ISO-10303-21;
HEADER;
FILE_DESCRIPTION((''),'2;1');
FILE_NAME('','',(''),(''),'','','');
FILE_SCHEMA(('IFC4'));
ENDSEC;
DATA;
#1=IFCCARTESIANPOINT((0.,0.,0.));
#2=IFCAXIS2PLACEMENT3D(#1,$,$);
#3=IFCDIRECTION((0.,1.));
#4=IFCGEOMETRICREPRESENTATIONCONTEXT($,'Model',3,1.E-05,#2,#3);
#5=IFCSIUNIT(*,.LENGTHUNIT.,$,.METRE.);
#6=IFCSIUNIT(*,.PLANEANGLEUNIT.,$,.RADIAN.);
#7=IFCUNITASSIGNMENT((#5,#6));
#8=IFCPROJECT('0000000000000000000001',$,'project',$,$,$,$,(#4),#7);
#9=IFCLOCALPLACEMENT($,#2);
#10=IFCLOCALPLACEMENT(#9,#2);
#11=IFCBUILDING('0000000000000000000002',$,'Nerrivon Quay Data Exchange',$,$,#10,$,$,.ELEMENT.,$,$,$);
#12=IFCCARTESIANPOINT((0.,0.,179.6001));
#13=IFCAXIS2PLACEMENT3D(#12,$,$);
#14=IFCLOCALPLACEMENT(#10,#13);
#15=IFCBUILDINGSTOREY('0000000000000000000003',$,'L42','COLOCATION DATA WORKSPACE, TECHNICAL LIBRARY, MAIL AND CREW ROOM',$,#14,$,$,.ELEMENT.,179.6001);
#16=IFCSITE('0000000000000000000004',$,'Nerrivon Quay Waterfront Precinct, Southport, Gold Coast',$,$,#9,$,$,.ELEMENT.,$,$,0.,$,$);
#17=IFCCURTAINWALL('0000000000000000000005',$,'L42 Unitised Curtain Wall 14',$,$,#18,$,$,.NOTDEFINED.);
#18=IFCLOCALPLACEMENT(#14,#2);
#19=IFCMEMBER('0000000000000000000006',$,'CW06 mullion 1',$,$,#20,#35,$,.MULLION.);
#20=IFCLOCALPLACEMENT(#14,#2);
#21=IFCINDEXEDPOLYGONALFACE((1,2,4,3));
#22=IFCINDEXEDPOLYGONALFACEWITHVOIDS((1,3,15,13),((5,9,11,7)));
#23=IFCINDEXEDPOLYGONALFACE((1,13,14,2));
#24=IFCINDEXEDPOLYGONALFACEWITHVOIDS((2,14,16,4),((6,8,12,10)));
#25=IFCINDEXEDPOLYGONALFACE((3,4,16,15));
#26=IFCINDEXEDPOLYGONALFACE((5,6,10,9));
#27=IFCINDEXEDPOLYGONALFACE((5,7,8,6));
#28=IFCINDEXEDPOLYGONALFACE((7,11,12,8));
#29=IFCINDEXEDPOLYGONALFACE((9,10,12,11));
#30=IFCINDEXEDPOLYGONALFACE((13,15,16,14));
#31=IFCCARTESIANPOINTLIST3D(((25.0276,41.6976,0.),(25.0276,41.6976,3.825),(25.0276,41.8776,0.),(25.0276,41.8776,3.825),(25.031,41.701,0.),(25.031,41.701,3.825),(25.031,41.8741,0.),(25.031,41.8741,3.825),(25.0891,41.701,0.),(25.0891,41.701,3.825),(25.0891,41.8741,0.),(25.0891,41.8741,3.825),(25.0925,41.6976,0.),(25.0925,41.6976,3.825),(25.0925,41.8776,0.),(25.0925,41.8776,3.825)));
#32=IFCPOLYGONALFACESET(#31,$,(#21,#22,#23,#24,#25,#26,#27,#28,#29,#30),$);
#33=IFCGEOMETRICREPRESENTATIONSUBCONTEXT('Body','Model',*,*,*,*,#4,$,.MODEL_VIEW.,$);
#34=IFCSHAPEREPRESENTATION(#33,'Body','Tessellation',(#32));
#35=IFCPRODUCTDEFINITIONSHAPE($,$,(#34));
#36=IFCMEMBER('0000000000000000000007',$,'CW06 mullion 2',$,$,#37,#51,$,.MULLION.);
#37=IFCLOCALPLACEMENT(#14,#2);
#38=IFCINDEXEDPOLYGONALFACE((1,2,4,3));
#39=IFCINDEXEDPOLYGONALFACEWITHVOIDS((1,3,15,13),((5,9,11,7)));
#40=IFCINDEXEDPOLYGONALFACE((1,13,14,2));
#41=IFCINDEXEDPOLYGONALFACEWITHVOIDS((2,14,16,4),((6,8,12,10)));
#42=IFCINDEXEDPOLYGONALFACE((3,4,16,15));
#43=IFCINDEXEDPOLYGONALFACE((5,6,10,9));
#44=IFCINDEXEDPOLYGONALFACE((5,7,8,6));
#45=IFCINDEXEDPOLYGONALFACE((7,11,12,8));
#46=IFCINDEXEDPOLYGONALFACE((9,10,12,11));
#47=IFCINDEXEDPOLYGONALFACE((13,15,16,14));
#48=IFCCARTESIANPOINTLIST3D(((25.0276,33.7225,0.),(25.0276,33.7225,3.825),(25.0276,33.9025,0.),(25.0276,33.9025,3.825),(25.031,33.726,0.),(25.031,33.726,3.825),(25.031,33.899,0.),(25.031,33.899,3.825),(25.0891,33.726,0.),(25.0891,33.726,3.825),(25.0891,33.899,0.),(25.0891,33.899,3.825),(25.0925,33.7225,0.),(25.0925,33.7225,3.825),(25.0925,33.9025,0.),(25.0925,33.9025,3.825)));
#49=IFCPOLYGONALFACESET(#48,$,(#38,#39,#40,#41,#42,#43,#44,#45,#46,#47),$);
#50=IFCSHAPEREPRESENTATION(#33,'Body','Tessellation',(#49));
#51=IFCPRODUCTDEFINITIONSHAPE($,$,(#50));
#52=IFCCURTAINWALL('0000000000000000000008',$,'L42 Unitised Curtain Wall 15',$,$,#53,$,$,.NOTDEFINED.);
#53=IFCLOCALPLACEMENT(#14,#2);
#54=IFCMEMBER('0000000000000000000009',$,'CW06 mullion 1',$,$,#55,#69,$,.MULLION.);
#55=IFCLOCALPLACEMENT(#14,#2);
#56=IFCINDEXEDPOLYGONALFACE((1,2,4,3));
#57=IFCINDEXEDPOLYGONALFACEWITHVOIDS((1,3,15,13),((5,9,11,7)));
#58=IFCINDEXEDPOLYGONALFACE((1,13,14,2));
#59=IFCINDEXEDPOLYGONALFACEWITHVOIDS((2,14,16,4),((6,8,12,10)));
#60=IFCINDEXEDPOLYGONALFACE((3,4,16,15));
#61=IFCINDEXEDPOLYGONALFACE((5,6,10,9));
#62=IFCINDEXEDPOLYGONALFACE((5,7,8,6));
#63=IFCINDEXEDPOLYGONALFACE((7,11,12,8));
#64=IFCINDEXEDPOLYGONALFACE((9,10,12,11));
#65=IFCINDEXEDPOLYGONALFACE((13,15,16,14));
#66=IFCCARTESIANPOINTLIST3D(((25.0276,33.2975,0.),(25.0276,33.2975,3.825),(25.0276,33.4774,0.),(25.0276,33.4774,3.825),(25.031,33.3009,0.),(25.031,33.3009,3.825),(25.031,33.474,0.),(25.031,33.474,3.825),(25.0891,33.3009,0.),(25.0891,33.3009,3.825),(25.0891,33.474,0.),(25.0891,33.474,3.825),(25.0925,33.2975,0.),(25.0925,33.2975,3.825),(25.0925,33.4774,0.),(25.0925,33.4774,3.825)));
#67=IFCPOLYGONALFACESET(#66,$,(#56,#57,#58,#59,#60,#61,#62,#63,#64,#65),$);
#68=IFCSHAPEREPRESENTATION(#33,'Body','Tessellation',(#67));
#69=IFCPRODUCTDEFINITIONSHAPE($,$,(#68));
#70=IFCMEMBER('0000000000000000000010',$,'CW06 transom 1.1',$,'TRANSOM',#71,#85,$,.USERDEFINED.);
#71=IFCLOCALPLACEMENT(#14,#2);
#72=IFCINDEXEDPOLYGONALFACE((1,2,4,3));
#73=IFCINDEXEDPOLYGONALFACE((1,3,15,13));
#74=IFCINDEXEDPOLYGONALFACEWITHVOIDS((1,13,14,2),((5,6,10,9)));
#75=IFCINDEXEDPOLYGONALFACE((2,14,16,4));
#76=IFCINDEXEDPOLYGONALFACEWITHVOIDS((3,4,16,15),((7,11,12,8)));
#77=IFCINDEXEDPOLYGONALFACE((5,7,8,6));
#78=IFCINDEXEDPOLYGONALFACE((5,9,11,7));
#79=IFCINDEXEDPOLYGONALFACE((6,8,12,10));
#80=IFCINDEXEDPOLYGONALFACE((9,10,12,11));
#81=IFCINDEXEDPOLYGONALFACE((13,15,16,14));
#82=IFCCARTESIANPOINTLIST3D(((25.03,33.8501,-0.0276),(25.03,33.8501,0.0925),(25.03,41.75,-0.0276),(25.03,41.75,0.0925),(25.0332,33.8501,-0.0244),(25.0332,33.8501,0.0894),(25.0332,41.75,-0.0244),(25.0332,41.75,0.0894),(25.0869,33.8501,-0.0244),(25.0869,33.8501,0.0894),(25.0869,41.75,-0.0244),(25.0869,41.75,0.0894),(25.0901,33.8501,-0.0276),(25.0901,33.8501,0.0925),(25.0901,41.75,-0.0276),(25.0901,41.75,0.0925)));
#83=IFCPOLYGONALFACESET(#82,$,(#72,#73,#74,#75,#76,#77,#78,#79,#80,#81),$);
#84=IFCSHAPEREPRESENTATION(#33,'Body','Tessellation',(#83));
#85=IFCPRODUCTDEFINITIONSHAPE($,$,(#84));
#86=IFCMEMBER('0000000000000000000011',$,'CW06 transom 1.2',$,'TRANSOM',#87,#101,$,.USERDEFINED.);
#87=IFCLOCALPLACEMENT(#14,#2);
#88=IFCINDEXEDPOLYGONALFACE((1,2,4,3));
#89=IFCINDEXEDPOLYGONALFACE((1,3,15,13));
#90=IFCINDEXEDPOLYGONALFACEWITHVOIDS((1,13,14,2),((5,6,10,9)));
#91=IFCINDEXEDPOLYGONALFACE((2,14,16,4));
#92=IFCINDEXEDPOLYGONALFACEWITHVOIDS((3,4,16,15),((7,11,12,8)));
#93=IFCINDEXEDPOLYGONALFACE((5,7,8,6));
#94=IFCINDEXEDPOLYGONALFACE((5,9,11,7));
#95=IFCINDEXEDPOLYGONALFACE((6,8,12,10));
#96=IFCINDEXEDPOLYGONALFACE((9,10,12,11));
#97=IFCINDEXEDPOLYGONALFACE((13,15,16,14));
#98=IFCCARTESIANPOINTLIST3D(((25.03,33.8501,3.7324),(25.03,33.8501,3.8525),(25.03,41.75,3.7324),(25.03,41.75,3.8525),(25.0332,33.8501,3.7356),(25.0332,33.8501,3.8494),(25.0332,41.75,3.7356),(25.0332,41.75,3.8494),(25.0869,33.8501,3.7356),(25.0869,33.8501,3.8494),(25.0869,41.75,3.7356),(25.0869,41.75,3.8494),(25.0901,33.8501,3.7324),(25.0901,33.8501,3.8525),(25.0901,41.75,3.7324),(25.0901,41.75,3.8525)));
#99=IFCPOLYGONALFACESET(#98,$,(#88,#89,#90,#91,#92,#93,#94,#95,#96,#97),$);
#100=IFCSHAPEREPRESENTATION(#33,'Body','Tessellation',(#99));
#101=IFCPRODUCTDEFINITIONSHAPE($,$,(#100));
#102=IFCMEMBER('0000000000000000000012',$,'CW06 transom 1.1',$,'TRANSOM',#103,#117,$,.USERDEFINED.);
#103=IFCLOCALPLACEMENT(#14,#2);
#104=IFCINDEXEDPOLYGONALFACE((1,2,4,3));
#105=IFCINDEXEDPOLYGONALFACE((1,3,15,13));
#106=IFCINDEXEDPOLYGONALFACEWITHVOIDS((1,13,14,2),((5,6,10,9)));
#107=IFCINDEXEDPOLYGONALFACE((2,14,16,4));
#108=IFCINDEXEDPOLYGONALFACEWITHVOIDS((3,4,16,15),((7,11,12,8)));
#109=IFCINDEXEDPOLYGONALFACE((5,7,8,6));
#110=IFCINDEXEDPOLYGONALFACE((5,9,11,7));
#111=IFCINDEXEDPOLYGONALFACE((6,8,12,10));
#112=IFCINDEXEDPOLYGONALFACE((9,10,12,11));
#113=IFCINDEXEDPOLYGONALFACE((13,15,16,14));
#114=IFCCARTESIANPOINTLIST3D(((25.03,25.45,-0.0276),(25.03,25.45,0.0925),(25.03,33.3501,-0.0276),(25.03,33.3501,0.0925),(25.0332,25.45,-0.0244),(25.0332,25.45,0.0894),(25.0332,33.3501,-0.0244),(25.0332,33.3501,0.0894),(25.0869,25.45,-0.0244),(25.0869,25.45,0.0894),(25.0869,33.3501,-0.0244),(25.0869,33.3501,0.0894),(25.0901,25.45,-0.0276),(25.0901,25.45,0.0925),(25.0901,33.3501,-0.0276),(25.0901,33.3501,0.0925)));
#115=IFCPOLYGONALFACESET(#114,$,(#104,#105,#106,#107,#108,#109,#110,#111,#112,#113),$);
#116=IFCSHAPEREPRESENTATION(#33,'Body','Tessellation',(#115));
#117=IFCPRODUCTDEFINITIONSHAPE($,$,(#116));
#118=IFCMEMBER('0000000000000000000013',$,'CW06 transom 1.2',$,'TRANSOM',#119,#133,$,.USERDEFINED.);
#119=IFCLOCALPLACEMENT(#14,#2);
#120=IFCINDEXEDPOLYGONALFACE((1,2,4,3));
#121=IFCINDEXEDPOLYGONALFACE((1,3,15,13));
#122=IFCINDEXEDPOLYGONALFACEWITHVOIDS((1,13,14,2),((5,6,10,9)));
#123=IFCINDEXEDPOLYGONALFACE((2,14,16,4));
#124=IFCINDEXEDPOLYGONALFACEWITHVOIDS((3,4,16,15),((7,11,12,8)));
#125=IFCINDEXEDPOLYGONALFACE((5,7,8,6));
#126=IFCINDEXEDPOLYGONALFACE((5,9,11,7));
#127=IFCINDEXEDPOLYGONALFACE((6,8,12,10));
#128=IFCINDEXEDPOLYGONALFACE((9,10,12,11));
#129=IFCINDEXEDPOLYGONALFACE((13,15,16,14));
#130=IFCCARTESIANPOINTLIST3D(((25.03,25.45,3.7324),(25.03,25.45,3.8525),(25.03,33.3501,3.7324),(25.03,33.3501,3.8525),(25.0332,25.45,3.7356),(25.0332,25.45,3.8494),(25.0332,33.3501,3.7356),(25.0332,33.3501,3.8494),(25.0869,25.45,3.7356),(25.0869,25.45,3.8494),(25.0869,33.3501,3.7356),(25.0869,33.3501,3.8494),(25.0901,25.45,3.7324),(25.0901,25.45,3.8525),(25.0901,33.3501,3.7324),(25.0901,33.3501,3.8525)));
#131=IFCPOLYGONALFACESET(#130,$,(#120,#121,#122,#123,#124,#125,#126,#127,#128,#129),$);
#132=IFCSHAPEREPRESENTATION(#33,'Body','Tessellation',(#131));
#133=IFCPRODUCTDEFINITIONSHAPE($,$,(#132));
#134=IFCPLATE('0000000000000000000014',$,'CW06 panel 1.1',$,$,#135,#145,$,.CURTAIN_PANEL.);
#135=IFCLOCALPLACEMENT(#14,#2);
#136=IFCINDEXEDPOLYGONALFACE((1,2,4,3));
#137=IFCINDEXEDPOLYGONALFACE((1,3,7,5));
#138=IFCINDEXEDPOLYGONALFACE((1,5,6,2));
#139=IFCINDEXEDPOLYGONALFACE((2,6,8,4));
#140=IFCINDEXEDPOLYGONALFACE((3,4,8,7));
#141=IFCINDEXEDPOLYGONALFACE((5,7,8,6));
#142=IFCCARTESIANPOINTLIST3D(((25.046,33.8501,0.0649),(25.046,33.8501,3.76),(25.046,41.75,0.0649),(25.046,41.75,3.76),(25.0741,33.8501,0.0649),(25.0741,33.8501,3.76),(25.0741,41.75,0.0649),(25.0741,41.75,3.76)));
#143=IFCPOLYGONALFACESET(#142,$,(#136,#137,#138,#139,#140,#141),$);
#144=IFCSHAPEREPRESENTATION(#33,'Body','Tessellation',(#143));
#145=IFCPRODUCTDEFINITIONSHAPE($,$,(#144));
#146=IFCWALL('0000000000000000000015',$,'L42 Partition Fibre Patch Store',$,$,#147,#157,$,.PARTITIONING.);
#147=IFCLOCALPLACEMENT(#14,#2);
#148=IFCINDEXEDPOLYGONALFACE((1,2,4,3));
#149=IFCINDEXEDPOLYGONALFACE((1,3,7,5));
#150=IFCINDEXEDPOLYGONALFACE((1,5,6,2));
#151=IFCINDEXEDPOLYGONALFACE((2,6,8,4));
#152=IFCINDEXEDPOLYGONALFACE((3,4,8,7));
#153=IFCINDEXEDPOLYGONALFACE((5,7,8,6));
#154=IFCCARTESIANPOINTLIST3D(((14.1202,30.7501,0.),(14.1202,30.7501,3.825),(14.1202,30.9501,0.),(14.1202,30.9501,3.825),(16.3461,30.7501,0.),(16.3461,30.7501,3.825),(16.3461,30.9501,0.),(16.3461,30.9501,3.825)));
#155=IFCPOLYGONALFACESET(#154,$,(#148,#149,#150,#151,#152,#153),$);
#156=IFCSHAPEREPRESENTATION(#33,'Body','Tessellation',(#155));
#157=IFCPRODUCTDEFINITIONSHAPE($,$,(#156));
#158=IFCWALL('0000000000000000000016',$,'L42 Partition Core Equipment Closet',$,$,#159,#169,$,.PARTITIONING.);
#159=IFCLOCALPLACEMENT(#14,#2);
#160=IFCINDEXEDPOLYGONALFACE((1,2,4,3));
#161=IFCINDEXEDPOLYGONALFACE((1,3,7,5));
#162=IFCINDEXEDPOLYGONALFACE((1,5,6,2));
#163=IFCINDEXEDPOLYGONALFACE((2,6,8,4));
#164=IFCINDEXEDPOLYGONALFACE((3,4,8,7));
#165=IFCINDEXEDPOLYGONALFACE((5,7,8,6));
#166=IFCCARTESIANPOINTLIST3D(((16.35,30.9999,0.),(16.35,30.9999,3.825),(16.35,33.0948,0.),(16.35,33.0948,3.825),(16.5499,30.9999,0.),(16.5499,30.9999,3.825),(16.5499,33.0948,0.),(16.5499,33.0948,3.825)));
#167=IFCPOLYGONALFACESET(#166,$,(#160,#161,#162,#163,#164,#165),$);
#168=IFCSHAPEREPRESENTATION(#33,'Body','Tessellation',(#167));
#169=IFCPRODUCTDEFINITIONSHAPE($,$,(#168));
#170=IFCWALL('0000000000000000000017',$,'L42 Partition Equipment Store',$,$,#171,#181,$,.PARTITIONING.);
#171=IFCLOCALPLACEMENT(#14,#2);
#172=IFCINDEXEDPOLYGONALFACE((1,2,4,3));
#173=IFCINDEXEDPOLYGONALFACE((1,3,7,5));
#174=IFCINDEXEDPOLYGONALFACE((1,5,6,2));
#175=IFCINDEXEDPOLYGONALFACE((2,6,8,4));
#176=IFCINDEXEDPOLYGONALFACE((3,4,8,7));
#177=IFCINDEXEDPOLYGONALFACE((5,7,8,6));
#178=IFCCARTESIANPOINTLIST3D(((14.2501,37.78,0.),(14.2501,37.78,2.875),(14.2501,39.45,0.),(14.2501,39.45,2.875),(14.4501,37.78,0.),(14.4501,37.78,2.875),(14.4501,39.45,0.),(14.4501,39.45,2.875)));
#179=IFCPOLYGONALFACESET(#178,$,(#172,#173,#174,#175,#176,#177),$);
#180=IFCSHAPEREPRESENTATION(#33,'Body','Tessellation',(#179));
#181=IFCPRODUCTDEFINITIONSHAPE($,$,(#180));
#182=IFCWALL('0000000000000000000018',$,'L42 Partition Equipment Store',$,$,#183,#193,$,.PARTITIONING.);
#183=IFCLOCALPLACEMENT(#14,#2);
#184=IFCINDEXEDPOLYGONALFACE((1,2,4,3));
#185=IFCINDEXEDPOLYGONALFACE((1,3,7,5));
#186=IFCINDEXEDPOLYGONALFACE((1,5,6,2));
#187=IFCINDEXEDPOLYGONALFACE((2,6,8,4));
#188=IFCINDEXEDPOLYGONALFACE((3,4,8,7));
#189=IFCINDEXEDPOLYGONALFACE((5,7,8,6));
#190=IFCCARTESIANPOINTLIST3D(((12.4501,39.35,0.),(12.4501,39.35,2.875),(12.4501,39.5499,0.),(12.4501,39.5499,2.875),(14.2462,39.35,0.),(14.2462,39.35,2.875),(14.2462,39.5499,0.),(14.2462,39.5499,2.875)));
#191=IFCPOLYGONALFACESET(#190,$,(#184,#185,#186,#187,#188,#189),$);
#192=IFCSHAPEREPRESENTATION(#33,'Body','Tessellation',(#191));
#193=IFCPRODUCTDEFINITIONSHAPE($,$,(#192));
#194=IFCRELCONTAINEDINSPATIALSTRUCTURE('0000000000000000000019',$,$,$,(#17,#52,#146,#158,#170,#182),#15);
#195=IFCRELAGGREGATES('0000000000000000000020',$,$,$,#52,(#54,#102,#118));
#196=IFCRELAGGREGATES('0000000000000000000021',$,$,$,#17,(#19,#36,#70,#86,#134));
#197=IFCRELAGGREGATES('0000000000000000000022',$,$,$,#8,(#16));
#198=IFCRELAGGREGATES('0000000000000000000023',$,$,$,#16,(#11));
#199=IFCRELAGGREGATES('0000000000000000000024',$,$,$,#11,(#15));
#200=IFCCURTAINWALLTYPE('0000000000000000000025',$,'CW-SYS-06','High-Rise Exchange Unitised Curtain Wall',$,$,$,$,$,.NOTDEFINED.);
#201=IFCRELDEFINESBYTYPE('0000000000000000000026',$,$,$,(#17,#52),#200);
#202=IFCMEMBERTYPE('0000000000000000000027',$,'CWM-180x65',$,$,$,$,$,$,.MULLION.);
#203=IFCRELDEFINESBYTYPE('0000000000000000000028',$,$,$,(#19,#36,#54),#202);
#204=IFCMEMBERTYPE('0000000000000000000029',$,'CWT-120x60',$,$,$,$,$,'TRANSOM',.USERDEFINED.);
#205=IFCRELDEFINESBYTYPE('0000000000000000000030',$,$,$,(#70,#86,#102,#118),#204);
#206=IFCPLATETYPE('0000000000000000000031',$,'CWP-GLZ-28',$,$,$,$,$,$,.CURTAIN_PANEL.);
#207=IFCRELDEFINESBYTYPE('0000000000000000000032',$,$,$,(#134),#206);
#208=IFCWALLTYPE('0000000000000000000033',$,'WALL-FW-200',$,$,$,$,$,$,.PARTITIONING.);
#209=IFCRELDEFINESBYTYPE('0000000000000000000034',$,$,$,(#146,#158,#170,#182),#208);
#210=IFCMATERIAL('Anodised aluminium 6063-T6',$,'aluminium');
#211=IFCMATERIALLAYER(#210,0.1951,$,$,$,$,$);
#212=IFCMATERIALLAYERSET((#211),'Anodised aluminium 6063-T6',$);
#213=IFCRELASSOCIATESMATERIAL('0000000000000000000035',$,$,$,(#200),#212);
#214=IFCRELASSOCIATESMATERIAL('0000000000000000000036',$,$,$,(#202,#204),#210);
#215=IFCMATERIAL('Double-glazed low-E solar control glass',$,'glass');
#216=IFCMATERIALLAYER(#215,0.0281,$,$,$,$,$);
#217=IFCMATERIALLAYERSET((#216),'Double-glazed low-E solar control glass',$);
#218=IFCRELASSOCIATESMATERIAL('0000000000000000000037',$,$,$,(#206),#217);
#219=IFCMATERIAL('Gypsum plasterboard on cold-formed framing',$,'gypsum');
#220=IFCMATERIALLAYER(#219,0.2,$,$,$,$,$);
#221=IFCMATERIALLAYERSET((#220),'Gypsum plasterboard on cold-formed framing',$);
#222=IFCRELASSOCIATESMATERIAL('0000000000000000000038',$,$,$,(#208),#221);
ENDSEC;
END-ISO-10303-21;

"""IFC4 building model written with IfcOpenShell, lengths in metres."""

from ifc_helpers import new_model, si_unit, direction, frame, frame_2d, origin, origin_2d, place, context, subcontext, project, spatial, rectangle, hollow_rectangle, extrude, material, layer, layer_set, material_profile, profile_set, type_object, element, aggregate, save


model = new_model("IFC4")

# Units and contexts
model_context = context("Model", 3, precision=1e-05, world=origin(), true_north=direction((0.0, 1.0)))
body_context = subcontext(model_context, "Body", "Model", "MODEL_VIEW")
ifc_project = project(units=[si_unit("LENGTHUNIT", "METRE"), si_unit("PLANEANGLEUNIT", "RADIAN")], contexts=[model_context])

# Site, building, storey
site_placement = place(None, origin())
site = spatial("IfcSite", under=ifc_project, at=site_placement, Name="Nerrivon Quay Waterfront Precinct, Southport, Gold Coast", CompositionType="ELEMENT", RefElevation=0.0)
building_placement = place(site_placement, origin())
building = spatial("IfcBuilding", under=site, at=building_placement, Name="Nerrivon Quay Data Exchange", CompositionType="ELEMENT")
storey_placement = place(building_placement, frame((0.0, 0.0, 179.6001)))
storey = spatial("IfcBuildingStorey", under=building, at=storey_placement, Name="L42", Description="COLOCATION DATA WORKSPACE, TECHNICAL LIBRARY, MAIL AND CREW ROOM", CompositionType="ELEMENT", Elevation=179.6001)

# Shared definitions
ifc_material_1 = material(Name="Anodised aluminium 6063-T6", Category="aluminium")
ifc_layer_1 = layer(ifc_material_1, 0.1951)
ifc_layer_set_1 = layer_set([ifc_layer_1], Name="Anodised aluminium 6063-T6")
curtain_wall_type = type_object("IfcCurtainWallType", Name="CW-SYS-06", Description="High-Rise Exchange Unitised Curtain Wall", PredefinedType="NOTDEFINED", material=ifc_layer_set_1)
ifc_material_profile_1 = material_profile(ifc_material_1, hollow_rectangle(XDim=0.0649, YDim=0.1799, WallThickness=0.0034, at=origin_2d()), Name="ALU-MULL-180x65")
ifc_profile_set_1 = profile_set([ifc_material_profile_1], Name="Anodised aluminium 6063-T6")
member_type_1 = type_object("IfcMemberType", Name="CWM-180x65", PredefinedType="MULLION", material=ifc_profile_set_1)

# Curtain wall, members
curtain_wall_1_placement = place(storey_placement, origin())
curtain_wall_1 = element("IfcCurtainWall", 1, at=curtain_wall_1_placement, inside=storey, type_object=curtain_wall_type, Name="L42 Unitised Curtain Wall 14", PredefinedType="NOTDEFINED")
member_1_placement = place(storey_placement, frame((25.0601, 41.7876, 0.0), z_axis=(0.0, 0.0, 1.0), x_axis=(1.0, 0.0, 0.0)))
member_1 = element("IfcMember", 2, at=member_1_placement, type_object=member_type_1, Name="CW06 mullion 1", PredefinedType="MULLION", context=body_context, shape_type="SweptSolid", body=[
    extrude(hollow_rectangle(XDim=0.0649, YDim=0.1799, WallThickness=0.0034, at=origin_2d()), origin(), (0.0, 0.0, 1.0), 3.825),
])
member_2_placement = place(storey_placement, frame((25.0601, 33.8125, 0.0), z_axis=(0.0, 0.0, 1.0), x_axis=(1.0, 0.0, 0.0)))
member_2 = element("IfcMember", 3, at=member_2_placement, type_object=member_type_1, Name="CW06 mullion 2", PredefinedType="MULLION", context=body_context, shape_type="SweptSolid", body=[
    extrude(hollow_rectangle(XDim=0.0649, YDim=0.1799, WallThickness=0.0034, at=origin_2d()), origin(), (0.0, 0.0, 1.0), 3.825),
])

# Curtain wall, member
curtain_wall_2_placement = place(storey_placement, origin())
curtain_wall_2 = element("IfcCurtainWall", 4, at=curtain_wall_2_placement, inside=storey, type_object=curtain_wall_type, Name="L42 Unitised Curtain Wall 15", PredefinedType="NOTDEFINED")
member_3_placement = place(storey_placement, frame((25.0601, 33.3875, 0.0), z_axis=(0.0, 0.0, 1.0), x_axis=(1.0, 0.0, 0.0)))
member_3 = element("IfcMember", 5, at=member_3_placement, type_object=member_type_1, Name="CW06 mullion 1", PredefinedType="MULLION", context=body_context, shape_type="SweptSolid", body=[
    extrude(hollow_rectangle(XDim=0.0649, YDim=0.1799, WallThickness=0.0034, at=origin_2d()), origin(), (0.0, 0.0, 1.0), 3.825),
])

# Members
ifc_material_profile_2 = material_profile(ifc_material_1, hollow_rectangle(XDim=0.0601, YDim=0.1201, WallThickness=0.0032, at=origin_2d()), Name="ALU-TRAN-120x60")
ifc_profile_set_2 = profile_set([ifc_material_profile_2], Name="Anodised aluminium 6063-T6")
member_type_2 = type_object("IfcMemberType", Name="CWT-120x60", ElementType="TRANSOM", PredefinedType="USERDEFINED", material=ifc_profile_set_2)
member_4_placement = place(storey_placement, frame((25.0601, 41.75, 0.0325), z_axis=(0.0, -1.0, 0.0), x_axis=(1.0, 0.0, 0.0)))
member_4 = element("IfcMember", 6, at=member_4_placement, type_object=member_type_2, Name="CW06 transom 1.1", ObjectType="TRANSOM", PredefinedType="USERDEFINED", context=body_context, shape_type="SweptSolid", body=[
    extrude(hollow_rectangle(XDim=0.0601, YDim=0.1201, WallThickness=0.0032, at=origin_2d()), origin(), (0.0, 0.0, 1.0), 7.8999),
])
member_5_placement = place(storey_placement, frame((25.0601, 41.75, 3.7925), z_axis=(0.0, -1.0, 0.0), x_axis=(1.0, 0.0, 0.0)))
member_5 = element("IfcMember", 7, at=member_5_placement, type_object=member_type_2, Name="CW06 transom 1.2", ObjectType="TRANSOM", PredefinedType="USERDEFINED", context=body_context, shape_type="SweptSolid", body=[
    extrude(hollow_rectangle(XDim=0.0601, YDim=0.1201, WallThickness=0.0032, at=origin_2d()), origin(), (0.0, 0.0, 1.0), 7.8999),
])
member_6_placement = place(storey_placement, frame((25.0601, 33.3501, 0.0325), z_axis=(0.0, -1.0, 0.0), x_axis=(1.0, 0.0, 0.0)))
member_6 = element("IfcMember", 8, at=member_6_placement, type_object=member_type_2, Name="CW06 transom 1.1", ObjectType="TRANSOM", PredefinedType="USERDEFINED", context=body_context, shape_type="SweptSolid", body=[
    extrude(hollow_rectangle(XDim=0.0601, YDim=0.1201, WallThickness=0.0032, at=origin_2d()), origin(), (0.0, 0.0, 1.0), 7.9001),
])
member_7_placement = place(storey_placement, frame((25.0601, 33.3501, 3.7925), z_axis=(0.0, -1.0, 0.0), x_axis=(1.0, 0.0, 0.0)))
member_7 = element("IfcMember", 9, at=member_7_placement, type_object=member_type_2, Name="CW06 transom 1.2", ObjectType="TRANSOM", PredefinedType="USERDEFINED", context=body_context, shape_type="SweptSolid", body=[
    extrude(hollow_rectangle(XDim=0.0601, YDim=0.1201, WallThickness=0.0032, at=origin_2d()), origin(), (0.0, 0.0, 1.0), 7.9001),
])
aggregate(curtain_wall_2, [member_3, member_6, member_7])

# Plate
ifc_material_2 = material(Name="Double-glazed low-E solar control glass", Category="glass")
ifc_layer_2 = layer(ifc_material_2, 0.0281)
ifc_layer_set_2 = layer_set([ifc_layer_2], Name="Double-glazed low-E solar control glass")
plate_type = type_object("IfcPlateType", Name="CWP-GLZ-28", PredefinedType="CURTAIN_PANEL", material=ifc_layer_set_2)
plate_placement = place(storey_placement, frame((25.0601, 37.8, 0.0649), z_axis=(0.0, 0.0, 1.0), x_axis=(0.0, -1.0, 0.0)))
plate = element("IfcPlate", 10, at=plate_placement, type_object=plate_type, Name="CW06 panel 1.1", PredefinedType="CURTAIN_PANEL", context=body_context, shape_type="SweptSolid", body=[
    extrude(rectangle(XDim=7.8999, YDim=0.0281, at=origin_2d()), origin(), (0.0, 0.0, 1.0), 3.6951),
])
aggregate(curtain_wall_1, [member_1, member_2, member_4, member_5, plate])

# Walls
ifc_material_3 = material(Name="Gypsum plasterboard on cold-formed framing", Category="gypsum")
ifc_layer_3 = layer(ifc_material_3, 0.2)
ifc_layer_set_3 = layer_set([ifc_layer_3], Name="Gypsum plasterboard on cold-formed framing")
wall_type_1 = type_object("IfcWallType", Name="WALL-FW-200", PredefinedType="PARTITIONING", material=ifc_layer_set_3)
wall_1_placement = place(storey_placement, frame((16.3459, 30.8501, 0.0), z_axis=(0.0, 0.0, 1.0), x_axis=(-1.0, 0.0, 0.0)))
element("IfcWall", 11, at=wall_1_placement, inside=storey, type_object=wall_type_1, Name="L42 Partition Fibre Patch Store", PredefinedType="PARTITIONING", context=body_context, shape_type="SweptSolid", body=[
    extrude(rectangle(XDim=2.2258, YDim=0.2, at=frame_2d((1.1128, 0.0))), origin(), (0.0, 0.0, 1.0), 3.825),
])
wall_2_placement = place(storey_placement, frame((16.45, 31.0, 0.0), z_axis=(0.0, 0.0, 1.0), x_axis=(0.0, 1.0, 0.0)))
element("IfcWall", 12, at=wall_2_placement, inside=storey, type_object=wall_type_1, Name="L42 Partition Core Equipment Closet", PredefinedType="PARTITIONING", context=body_context, shape_type="SweptSolid", body=[
    extrude(rectangle(XDim=2.095, YDim=0.2, at=frame_2d((1.0474, 0.0))), origin(), (0.0, 0.0, 1.0), 3.825),
])
wall_3_placement = place(storey_placement, frame((14.3501, 37.78, 0.0), z_axis=(0.0, 0.0, 1.0), x_axis=(0.0, 1.0, 0.0)))
element("IfcWall", 13, at=wall_3_placement, inside=storey, type_object=wall_type_1, Name="L42 Partition Equipment Store", PredefinedType="PARTITIONING", context=body_context, shape_type="SweptSolid", body=[
    extrude(rectangle(XDim=1.6699, YDim=0.2, at=frame_2d((0.835, 0.0))), origin(), (0.0, 0.0, 1.0), 2.875),
])
wall_4_placement = place(storey_placement, frame((14.2461, 39.45, 0.0), z_axis=(0.0, 0.0, 1.0), x_axis=(-1.0, 0.0, 0.0)))
element("IfcWall", 14, at=wall_4_placement, inside=storey, type_object=wall_type_1, Name="L42 Partition Equipment Store", PredefinedType="PARTITIONING", context=body_context, shape_type="SweptSolid", body=[
    extrude(rectangle(XDim=1.7961, YDim=0.2, at=frame_2d((0.8979, 0.0))), origin(), (0.0, 0.0, 1.0), 2.875),
])

save(model, "model.ifc")
